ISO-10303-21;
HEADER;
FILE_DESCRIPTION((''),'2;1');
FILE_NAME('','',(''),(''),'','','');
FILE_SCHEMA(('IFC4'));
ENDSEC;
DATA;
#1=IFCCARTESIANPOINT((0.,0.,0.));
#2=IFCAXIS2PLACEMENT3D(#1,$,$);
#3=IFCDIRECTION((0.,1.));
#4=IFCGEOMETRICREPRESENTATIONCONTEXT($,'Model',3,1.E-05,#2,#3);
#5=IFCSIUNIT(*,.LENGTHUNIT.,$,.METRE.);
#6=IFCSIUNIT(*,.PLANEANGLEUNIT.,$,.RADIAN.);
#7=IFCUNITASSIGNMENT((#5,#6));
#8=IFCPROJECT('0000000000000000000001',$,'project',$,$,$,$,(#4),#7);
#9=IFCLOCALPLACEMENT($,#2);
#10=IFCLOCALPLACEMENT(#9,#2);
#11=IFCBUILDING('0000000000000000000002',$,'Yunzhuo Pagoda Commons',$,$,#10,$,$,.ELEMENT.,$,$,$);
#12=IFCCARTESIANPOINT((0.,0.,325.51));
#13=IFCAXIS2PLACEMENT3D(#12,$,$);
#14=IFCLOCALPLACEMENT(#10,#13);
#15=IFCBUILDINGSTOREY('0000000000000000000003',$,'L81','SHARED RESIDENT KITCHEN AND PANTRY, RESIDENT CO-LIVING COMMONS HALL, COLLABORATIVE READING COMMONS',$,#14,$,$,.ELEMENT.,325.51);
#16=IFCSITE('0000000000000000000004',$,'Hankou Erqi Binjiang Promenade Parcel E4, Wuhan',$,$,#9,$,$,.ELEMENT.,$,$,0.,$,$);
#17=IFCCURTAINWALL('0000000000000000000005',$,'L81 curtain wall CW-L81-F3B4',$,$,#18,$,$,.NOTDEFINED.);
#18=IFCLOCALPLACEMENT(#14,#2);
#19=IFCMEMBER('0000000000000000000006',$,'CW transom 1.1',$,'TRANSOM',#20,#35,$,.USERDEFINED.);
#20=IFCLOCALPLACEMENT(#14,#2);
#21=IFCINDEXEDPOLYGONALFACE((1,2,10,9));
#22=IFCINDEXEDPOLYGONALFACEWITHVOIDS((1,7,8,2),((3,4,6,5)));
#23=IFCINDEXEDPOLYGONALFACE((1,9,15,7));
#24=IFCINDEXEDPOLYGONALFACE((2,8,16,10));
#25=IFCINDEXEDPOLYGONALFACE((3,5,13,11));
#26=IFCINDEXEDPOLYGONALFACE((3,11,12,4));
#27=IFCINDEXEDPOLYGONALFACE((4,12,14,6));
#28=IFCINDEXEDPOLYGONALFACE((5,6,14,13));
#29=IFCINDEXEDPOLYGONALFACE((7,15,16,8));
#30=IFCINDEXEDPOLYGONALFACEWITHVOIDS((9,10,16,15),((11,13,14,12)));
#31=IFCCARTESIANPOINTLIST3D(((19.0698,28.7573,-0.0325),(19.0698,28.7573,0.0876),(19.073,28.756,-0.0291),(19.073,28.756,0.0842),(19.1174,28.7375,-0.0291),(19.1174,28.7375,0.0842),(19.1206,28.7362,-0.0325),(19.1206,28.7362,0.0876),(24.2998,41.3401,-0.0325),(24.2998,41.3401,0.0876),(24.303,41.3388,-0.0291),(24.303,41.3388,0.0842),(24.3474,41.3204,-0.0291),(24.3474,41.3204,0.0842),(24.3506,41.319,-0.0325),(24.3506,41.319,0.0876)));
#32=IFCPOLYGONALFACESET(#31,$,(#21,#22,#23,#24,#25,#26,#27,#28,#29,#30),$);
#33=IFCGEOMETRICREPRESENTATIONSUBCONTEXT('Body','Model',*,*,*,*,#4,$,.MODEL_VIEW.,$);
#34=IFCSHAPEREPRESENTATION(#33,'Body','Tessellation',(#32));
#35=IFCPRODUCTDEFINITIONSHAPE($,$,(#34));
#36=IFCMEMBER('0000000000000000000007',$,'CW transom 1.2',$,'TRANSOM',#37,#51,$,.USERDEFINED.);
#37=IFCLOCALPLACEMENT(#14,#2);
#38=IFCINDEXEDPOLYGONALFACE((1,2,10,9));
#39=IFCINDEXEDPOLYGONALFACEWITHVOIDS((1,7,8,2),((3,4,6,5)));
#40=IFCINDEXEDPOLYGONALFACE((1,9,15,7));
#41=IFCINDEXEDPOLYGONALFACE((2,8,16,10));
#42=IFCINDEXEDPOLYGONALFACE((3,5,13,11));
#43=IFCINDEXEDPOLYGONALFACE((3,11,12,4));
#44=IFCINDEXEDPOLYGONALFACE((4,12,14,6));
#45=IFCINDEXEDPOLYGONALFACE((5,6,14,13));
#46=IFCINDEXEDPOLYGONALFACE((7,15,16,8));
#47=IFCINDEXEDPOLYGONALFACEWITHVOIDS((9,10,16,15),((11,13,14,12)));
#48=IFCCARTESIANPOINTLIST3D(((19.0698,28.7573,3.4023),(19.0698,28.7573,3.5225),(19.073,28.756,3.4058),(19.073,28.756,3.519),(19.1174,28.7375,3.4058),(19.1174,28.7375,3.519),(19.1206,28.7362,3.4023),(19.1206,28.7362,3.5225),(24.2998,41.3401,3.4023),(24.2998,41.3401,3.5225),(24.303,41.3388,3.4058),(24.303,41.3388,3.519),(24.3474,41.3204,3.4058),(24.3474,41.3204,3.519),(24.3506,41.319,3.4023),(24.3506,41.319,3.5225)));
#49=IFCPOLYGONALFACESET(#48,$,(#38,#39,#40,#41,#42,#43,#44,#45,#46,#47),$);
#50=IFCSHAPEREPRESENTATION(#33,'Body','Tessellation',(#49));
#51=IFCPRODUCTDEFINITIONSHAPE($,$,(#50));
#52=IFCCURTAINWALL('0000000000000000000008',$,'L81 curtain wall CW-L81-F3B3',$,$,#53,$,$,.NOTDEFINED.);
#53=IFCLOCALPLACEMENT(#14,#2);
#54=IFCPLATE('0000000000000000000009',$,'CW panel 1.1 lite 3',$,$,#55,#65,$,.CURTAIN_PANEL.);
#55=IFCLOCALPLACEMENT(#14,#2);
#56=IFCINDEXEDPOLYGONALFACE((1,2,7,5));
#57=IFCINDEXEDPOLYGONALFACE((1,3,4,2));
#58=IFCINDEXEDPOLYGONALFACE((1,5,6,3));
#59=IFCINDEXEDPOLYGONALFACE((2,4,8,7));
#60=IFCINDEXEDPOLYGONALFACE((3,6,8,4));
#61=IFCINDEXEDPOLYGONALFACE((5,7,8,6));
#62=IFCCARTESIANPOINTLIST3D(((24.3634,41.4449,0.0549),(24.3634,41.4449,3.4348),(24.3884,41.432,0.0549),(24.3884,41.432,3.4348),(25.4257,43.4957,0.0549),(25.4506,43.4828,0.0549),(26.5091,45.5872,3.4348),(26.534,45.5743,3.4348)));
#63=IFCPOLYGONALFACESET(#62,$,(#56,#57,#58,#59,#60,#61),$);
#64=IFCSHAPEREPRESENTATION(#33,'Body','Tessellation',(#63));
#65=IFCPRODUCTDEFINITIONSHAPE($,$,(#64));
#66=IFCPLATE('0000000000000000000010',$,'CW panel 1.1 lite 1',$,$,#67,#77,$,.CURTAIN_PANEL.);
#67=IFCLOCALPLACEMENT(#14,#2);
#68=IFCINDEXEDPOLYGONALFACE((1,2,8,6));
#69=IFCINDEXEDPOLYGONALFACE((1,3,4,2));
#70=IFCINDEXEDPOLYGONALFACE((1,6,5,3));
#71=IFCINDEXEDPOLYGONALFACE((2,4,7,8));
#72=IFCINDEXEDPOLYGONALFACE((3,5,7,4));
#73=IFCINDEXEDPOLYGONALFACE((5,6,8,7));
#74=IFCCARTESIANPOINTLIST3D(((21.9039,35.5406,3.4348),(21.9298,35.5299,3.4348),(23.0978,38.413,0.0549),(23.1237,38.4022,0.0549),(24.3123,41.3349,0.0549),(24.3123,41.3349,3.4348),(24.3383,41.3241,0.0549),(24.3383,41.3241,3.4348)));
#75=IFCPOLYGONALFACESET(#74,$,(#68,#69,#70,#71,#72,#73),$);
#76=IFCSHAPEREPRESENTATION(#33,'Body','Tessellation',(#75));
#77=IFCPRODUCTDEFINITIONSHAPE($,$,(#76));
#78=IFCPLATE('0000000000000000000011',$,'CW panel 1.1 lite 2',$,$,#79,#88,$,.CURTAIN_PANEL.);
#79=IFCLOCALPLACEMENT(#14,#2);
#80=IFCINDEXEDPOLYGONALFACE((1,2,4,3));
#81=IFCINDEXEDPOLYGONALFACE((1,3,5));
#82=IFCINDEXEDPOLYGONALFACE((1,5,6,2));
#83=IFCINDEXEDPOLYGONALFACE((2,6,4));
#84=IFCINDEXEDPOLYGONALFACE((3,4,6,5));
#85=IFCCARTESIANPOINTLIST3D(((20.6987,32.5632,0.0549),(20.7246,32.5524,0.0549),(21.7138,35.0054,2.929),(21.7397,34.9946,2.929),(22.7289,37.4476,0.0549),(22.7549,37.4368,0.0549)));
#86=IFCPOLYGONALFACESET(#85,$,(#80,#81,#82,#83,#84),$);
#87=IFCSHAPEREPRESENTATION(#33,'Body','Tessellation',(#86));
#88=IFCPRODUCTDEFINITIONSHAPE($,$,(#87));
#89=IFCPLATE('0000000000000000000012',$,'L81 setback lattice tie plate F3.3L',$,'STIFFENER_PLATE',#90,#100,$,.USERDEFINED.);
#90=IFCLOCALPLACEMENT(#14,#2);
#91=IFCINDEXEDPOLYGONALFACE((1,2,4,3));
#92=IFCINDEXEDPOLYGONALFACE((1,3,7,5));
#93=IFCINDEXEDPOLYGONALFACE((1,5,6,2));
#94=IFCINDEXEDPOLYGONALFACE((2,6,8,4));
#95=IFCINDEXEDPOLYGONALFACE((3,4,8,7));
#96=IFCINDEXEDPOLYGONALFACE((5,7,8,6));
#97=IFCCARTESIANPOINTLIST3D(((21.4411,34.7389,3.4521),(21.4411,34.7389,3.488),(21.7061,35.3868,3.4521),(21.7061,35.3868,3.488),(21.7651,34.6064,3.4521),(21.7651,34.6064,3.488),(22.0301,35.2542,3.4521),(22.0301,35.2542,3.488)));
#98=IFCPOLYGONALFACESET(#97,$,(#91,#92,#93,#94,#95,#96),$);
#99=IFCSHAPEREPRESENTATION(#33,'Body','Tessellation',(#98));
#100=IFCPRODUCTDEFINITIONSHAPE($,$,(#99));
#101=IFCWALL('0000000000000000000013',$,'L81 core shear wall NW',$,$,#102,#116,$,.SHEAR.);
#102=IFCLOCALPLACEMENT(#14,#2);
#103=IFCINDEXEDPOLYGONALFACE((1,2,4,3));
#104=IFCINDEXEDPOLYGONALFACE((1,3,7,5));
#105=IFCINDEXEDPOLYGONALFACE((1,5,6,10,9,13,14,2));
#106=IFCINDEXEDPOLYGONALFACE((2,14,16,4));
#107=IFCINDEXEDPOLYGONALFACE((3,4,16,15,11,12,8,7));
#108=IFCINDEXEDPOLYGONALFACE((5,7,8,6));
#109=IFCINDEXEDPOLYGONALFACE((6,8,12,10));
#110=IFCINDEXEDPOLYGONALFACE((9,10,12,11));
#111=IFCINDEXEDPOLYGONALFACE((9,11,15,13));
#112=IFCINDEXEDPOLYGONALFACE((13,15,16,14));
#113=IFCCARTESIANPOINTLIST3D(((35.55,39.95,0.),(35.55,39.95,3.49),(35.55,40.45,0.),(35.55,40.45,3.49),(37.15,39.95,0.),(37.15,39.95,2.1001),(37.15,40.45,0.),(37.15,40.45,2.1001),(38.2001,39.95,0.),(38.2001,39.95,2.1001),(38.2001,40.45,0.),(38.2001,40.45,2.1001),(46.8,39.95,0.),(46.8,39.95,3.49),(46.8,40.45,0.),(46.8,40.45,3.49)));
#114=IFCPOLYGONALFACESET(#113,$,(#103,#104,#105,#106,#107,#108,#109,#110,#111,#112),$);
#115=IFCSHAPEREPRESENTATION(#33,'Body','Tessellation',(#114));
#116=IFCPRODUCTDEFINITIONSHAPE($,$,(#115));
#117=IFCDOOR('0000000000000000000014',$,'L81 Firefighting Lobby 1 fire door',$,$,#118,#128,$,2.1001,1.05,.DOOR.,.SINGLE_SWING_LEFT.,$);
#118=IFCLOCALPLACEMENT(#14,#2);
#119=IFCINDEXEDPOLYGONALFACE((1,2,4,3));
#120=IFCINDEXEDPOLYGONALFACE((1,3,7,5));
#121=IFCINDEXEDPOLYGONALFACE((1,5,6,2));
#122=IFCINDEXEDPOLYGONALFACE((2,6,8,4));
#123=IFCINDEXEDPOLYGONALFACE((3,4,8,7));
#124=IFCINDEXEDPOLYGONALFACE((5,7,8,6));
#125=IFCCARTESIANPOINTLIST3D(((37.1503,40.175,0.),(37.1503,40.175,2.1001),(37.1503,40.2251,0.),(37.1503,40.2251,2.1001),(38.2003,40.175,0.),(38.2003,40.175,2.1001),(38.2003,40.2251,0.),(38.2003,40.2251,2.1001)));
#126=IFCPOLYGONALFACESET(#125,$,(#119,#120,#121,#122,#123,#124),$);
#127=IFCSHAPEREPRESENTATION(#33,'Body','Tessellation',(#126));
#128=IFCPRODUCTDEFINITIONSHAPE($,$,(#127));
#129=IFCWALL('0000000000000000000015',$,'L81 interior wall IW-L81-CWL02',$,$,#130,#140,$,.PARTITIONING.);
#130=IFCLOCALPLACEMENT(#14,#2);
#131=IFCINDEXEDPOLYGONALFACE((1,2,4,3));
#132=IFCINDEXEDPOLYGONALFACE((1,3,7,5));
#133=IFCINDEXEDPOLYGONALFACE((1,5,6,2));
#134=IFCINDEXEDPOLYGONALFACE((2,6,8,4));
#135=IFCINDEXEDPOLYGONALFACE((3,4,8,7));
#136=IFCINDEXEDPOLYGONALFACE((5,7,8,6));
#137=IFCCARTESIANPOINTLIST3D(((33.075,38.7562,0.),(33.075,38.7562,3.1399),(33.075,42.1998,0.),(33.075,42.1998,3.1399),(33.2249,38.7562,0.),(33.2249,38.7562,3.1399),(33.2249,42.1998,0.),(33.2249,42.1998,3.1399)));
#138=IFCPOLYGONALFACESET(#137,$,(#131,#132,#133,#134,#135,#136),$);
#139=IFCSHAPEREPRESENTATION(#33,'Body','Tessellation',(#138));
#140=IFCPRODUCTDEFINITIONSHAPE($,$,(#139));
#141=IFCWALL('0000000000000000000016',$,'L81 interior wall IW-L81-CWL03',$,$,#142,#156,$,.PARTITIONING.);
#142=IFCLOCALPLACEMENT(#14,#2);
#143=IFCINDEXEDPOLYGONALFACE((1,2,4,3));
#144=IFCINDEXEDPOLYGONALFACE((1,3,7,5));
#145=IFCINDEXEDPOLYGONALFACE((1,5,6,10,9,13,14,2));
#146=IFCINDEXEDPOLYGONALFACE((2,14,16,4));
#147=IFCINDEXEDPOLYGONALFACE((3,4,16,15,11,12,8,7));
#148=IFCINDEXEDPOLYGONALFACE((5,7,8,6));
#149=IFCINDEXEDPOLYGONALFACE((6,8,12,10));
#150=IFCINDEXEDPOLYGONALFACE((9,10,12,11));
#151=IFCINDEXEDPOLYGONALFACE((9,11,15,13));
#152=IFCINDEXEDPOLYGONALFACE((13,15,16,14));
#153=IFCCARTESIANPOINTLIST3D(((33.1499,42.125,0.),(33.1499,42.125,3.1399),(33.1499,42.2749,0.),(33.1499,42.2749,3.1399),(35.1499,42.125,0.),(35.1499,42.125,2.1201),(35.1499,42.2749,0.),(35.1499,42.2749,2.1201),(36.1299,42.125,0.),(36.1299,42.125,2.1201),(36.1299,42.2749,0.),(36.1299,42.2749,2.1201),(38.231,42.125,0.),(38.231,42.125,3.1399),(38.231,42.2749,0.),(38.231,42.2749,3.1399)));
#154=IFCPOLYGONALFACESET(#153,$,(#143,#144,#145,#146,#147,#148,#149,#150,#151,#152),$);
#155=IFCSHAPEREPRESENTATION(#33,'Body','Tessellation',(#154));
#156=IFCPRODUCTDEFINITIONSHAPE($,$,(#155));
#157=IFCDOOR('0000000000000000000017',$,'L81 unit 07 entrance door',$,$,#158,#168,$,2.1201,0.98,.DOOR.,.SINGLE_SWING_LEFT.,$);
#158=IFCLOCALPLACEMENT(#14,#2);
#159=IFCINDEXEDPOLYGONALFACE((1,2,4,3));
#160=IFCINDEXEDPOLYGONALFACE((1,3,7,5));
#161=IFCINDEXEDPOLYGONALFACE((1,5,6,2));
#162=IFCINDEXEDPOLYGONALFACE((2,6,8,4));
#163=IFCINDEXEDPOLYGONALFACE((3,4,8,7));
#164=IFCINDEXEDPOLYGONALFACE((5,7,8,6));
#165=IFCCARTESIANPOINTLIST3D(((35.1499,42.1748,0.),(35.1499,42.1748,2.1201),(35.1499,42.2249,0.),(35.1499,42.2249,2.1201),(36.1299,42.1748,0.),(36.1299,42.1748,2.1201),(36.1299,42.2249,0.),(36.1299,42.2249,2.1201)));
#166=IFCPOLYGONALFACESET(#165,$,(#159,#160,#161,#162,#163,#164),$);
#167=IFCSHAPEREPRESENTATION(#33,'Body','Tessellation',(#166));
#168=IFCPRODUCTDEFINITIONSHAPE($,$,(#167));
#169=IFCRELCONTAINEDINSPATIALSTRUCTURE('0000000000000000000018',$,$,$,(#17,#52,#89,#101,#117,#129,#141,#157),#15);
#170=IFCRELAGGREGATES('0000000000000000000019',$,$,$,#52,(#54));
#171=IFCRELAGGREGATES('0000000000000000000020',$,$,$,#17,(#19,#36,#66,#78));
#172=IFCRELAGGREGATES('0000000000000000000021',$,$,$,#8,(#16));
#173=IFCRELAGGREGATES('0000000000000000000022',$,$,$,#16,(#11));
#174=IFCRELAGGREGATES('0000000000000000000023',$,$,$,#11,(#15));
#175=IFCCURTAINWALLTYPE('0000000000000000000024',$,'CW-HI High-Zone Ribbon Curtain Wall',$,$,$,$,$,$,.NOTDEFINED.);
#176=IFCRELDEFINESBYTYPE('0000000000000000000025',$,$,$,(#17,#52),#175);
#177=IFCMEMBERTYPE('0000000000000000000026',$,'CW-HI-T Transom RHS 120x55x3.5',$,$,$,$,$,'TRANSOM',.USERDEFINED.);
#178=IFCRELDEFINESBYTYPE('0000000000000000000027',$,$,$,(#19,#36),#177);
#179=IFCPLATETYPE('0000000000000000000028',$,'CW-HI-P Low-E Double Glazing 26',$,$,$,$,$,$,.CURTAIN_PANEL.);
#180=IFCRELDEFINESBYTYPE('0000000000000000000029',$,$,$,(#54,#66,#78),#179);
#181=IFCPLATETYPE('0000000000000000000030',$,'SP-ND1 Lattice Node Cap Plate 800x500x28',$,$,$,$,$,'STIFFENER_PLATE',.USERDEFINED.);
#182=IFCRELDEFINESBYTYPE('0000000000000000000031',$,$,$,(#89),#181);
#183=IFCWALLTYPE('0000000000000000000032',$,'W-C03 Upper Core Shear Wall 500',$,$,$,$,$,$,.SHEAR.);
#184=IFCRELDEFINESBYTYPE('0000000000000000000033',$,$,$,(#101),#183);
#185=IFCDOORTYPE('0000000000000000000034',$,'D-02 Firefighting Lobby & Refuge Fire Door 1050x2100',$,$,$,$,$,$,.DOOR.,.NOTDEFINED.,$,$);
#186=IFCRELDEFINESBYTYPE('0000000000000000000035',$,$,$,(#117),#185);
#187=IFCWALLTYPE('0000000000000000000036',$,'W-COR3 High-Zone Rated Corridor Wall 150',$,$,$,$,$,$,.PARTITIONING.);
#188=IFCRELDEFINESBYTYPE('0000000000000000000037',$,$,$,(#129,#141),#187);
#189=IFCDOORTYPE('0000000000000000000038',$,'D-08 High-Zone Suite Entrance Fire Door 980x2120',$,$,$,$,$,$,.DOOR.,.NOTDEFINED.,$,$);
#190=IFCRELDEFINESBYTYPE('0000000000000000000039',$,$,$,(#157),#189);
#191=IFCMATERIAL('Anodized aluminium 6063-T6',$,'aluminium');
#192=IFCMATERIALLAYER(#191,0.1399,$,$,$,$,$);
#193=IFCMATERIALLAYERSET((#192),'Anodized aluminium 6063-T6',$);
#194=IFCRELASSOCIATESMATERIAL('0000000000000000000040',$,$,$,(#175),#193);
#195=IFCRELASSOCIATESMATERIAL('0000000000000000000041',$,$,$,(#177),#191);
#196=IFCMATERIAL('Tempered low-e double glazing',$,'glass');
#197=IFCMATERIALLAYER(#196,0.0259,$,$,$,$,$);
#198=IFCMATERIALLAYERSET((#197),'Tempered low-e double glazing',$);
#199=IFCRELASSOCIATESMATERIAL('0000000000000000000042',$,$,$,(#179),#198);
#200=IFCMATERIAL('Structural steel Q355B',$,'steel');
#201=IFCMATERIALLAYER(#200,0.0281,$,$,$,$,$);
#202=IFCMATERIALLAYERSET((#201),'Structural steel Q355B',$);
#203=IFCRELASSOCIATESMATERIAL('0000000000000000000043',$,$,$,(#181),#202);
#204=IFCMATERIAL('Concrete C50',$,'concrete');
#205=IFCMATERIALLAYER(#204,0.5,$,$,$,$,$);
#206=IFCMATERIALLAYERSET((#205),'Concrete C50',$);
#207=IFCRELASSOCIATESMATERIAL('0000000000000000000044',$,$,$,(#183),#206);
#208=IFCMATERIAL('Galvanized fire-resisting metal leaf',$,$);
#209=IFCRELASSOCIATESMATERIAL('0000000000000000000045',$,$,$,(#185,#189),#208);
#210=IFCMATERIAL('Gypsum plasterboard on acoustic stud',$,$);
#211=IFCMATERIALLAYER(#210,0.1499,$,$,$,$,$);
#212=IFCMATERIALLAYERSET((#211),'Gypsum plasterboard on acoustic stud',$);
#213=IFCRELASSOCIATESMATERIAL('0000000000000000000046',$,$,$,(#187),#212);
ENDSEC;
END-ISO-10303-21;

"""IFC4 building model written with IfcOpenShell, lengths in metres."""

from ifc_helpers import new_model, si_unit, direction, frame, frame_2d, origin, origin_with_axes, origin_2d, place, context, subcontext, project, spatial, polyline, rectangle, hollow_rectangle, outline, extrude, source, transform, mapped, material, layer, layer_set, material_profile, profile_set, type_object, element, fill, aggregate, save


model = new_model("IFC4")

# Units and contexts
model_context = context("Model", 3, precision=1e-05, world=origin(), true_north=direction((0.0, 1.0)))
body_context = subcontext(model_context, "Body", "Model", "MODEL_VIEW")
ifc_project = project(units=[si_unit("LENGTHUNIT", "METRE"), si_unit("PLANEANGLEUNIT", "RADIAN")], contexts=[model_context])

# Site, building, storey
site_placement = place(None, origin())
site = spatial("IfcSite", under=ifc_project, at=site_placement, Name="Hankou Erqi Binjiang Promenade Parcel E4, Wuhan", CompositionType="ELEMENT", RefElevation=0.0)
building_placement = place(site_placement, origin())
building = spatial("IfcBuilding", under=site, at=building_placement, Name="Yunzhuo Pagoda Commons", CompositionType="ELEMENT")
storey_placement = place(building_placement, frame((0.0, 0.0, 325.51)))
storey = spatial("IfcBuildingStorey", under=building, at=storey_placement, Name="L81", Description="SHARED RESIDENT KITCHEN AND PANTRY, RESIDENT CO-LIVING COMMONS HALL, COLLABORATIVE READING COMMONS", CompositionType="ELEMENT", Elevation=325.51)

# Shared definitions
ifc_material_1 = material(Name="Structural steel Q355B", Category="steel")

# Curtain wall, members
ifc_material_2 = material(Name="Anodized aluminium 6063-T6", Category="aluminium")
ifc_layer_1 = layer(ifc_material_2, 0.1399)
ifc_layer_set_1 = layer_set([ifc_layer_1], Name="Anodized aluminium 6063-T6")
curtain_wall_type = type_object("IfcCurtainWallType", Name="CW-HI High-Zone Ribbon Curtain Wall", PredefinedType="NOTDEFINED", material=ifc_layer_set_1)
curtain_wall_1_placement = place(storey_placement, origin())
curtain_wall_1 = element("IfcCurtainWall", 1, at=curtain_wall_1_placement, inside=storey, type_object=curtain_wall_type, Name="L81 curtain wall CW-L81-F3B4", PredefinedType="NOTDEFINED")
ifc_material_profile_1 = material_profile(ifc_material_2, hollow_rectangle(XDim=0.0549, YDim=0.1201, WallThickness=0.0034, at=origin_2d()), Name="Anodized aluminium 6063-T6")
ifc_profile_set_1 = profile_set([ifc_material_profile_1], Name="Anodized aluminium 6063-T6")
member_type_1 = type_object("IfcMemberType", Name="CW-HI-T Transom RHS 120x55x3.5", ElementType="TRANSOM", PredefinedType="USERDEFINED", material=ifc_profile_set_1)
shared_shape_1 = source(origin(), body_context, "Body", "SweptSolid", [
    extrude(hollow_rectangle(XDim=0.0549, YDim=0.1201, WallThickness=0.0034, at=origin_2d()), origin(), (0.0, 0.0, 1.0), 13.6265),
])
member_1_placement = place(storey_placement, frame((24.3252, 41.3296, 0.0276), z_axis=(-0.383812, -0.923411, 0.0), x_axis=(0.923411, -0.383812, 0.0)))
member_1 = element("IfcMember", 2, at=member_1_placement, type_object=member_type_1, Name="CW transom 1.1", ObjectType="TRANSOM", PredefinedType="USERDEFINED", context=body_context, shape_type="MappedRepresentation", body=[
    mapped(shared_shape_1, transform((0.0, 0.0, 0.0), scale=1.0)),
])
member_2_placement = place(storey_placement, frame((24.3252, 41.3296, 3.4624), z_axis=(-0.383812, -0.923411, 0.0), x_axis=(0.923411, -0.383812, 0.0)))
member_2 = element("IfcMember", 3, at=member_2_placement, type_object=member_type_1, Name="CW transom 1.2", ObjectType="TRANSOM", PredefinedType="USERDEFINED", context=body_context, shape_type="MappedRepresentation", body=[
    mapped(shared_shape_1, transform((0.0, 0.0, 0.0), scale=1.0)),
])

# Curtain wall, plate
curtain_wall_2_placement = place(storey_placement, origin())
curtain_wall_2 = element("IfcCurtainWall", 4, at=curtain_wall_2_placement, inside=storey, type_object=curtain_wall_type, Name="L81 curtain wall CW-L81-F3B3", PredefinedType="NOTDEFINED")
ifc_material_3 = material(Name="Tempered low-e double glazing", Category="glass")
ifc_layer_2 = layer(ifc_material_3, 0.0259)
ifc_layer_set_2 = layer_set([ifc_layer_2], Name="Tempered low-e double glazing")
plate_type_1 = type_object("IfcPlateType", Name="CW-HI-P Low-E Double Glazing 26", PredefinedType="CURTAIN_PANEL", material=ifc_layer_set_2)
plate_1_placement = place(storey_placement, frame((25.4612, 43.5032, 1.7449), z_axis=(-0.887948, 0.459945, 0.0), x_axis=(-0.459945, -0.887948, 0.0)))
plate_1 = element("IfcPlate", 5, at=plate_1_placement, type_object=plate_type_1, Name="CW panel 1.1 lite 3", PredefinedType="CURTAIN_PANEL", context=body_context, shape_type="SweptSolid", body=[
    extrude(outline(polyline([(-2.3325, 1.6899), (0.0229, -1.6899), (2.3325, -1.6899), (2.3325, 1.6899), (-2.3325, 1.6899)])), origin(), (0.0, 0.0, 1.0), 0.0281),
])
aggregate(curtain_wall_2, [plate_1])

# Plates
plate_2_placement = place(storey_placement, frame((23.134, 38.427, 1.7449), z_axis=(-0.923407, 0.383822, 0.0), x_axis=(-0.383822, -0.923407, 0.0)))
plate_2 = element("IfcPlate", 6, at=plate_2_placement, type_object=plate_type_1, Name="CW panel 1.1 lite 1", PredefinedType="CURTAIN_PANEL", context=body_context, shape_type="SweptSolid", body=[
    extrude(outline(polyline([(-3.1375, -1.6899), (0.0269, -1.6899), (3.1375, 1.6899), (-3.1375, 1.6899), (-3.1375, -1.6899)])), origin(), (0.0, 0.0, 1.0), 0.0281),
])
plate_3_placement = place(storey_placement, frame((21.7397, 34.9946, 1.4919), z_axis=(-0.923407, 0.383822, 0.0), x_axis=(-0.383822, -0.923407, 0.0)))
plate_3 = element("IfcPlate", 7, at=plate_3_placement, type_object=plate_type_1, Name="CW panel 1.1 lite 2", PredefinedType="CURTAIN_PANEL", context=body_context, shape_type="SweptSolid", body=[
    extrude(outline(polyline([(-2.6448, -1.437), (2.6448, -1.437), (0.0, 1.437), (-2.6448, -1.437)])), origin(), (0.0, 0.0, 1.0), 0.0281),
])
aggregate(curtain_wall_1, [member_1, member_2, plate_2, plate_3])
ifc_layer_3 = layer(ifc_material_1, 0.0281)
ifc_layer_set_3 = layer_set([ifc_layer_3], Name="Structural steel Q355B")
plate_type_2 = type_object("IfcPlateType", Name="SP-ND1 Lattice Node Cap Plate 800x500x28", ElementType="STIFFENER_PLATE", PredefinedType="USERDEFINED", material=ifc_layer_set_3)
shared_shape_2 = source(origin(), body_context, "Body", "SweptSolid", [
    extrude(rectangle(XDim=0.7, YDim=0.3501, at=origin_2d()), origin(), (0.0, 0.0, 1.0), 0.0359),
])
plate_4_placement = place(storey_placement, frame((21.7356, 34.9966, 3.4521), z_axis=(0.0, 0.0, 1.0), x_axis=(-0.378568, -0.925574, 0.0)))
element("IfcPlate", 8, at=plate_4_placement, inside=storey, type_object=plate_type_2, Name="L81 setback lattice tie plate F3.3L", ObjectType="STIFFENER_PLATE", PredefinedType="USERDEFINED", context=body_context, shape_type="MappedRepresentation", body=[
    mapped(shared_shape_2, transform((0.0, 0.0, 0.0), scale=1.0)),
])

# Wall, opening, door
ifc_material_4 = material(Name="Concrete C50", Category="concrete")
ifc_layer_4 = layer(ifc_material_4, 0.5)
ifc_layer_set_4 = layer_set([ifc_layer_4], Name="Concrete C50")
wall_type_1 = type_object("IfcWallType", Name="W-C03 Upper Core Shear Wall 500", PredefinedType="SHEAR", material=ifc_layer_set_4)
wall_1_placement = place(storey_placement, frame((35.55, 40.2, 0.0), z_axis=(0.0, 0.0, 1.0), x_axis=(1.0, 0.0, 0.0)))
wall_1 = element("IfcWall", 9, at=wall_1_placement, inside=storey, type_object=wall_type_1, Name="L81 core shear wall NW", PredefinedType="SHEAR", context=body_context, shape_type="SweptSolid", body=[
    extrude(rectangle(XDim=11.25, YDim=0.5, at=frame_2d((5.625, 0.0))), origin(), (0.0, 0.0, 1.0), 3.49),
])
opening_1_placement = place(wall_1_placement, frame((1.6001, 0.0, 0.0)))
opening_1 = element("IfcOpeningElement", 10, at=opening_1_placement, cuts=wall_1, PredefinedType="OPENING", context=body_context, shape_type="SweptSolid", body=[
    extrude(rectangle(XDim=1.05, YDim=2.1001, at=frame_2d((0.5249, 1.05))), frame((0.0, 0.26, 0.0), z_axis=(0.0, -1.0, 0.0), x_axis=(1.0, 0.0, 0.0)), (0.0, 0.0, 1.0), 0.52),
])
ifc_material_5 = material(Name="Galvanized fire-resisting metal leaf")
door_type_1 = type_object("IfcDoorType", Name="D-02 Firefighting Lobby & Refuge Fire Door 1050x2100", OperationType="NOTDEFINED", PredefinedType="DOOR", material=ifc_material_5)
shared_shape_3 = source(origin(), body_context, "Body", "SweptSolid", [
    extrude(rectangle(XDim=1.05, YDim=2.1001, at=frame_2d((0.5249, 1.05))), frame((0.0, 0.0249, 0.0), z_axis=(0.0, -1.0, 0.0), x_axis=(1.0, 0.0, 0.0)), (0.0, 0.0, 1.0), 0.05),
])
door_1_placement = place(opening_1_placement, frame((1.05, 0.0, 0.0), z_axis=(0.0, 0.0, 1.0), x_axis=(-1.0, 0.0, 0.0)))
door_1 = element("IfcDoor", 11, at=door_1_placement, inside=storey, type_object=door_type_1, Name="L81 Firefighting Lobby 1 fire door", OperationType="SINGLE_SWING_LEFT", OverallHeight=2.1001, OverallWidth=1.05, PredefinedType="DOOR", context=body_context, shape_type="MappedRepresentation", body=[
    mapped(shared_shape_3, transform((0.0, 0.0, 0.0), scale=1.0)),
])
fill(opening_1, door_1)

# Wall
ifc_material_6 = material(Name="Gypsum plasterboard on acoustic stud")
ifc_layer_5 = layer(ifc_material_6, 0.1499)
ifc_layer_set_5 = layer_set([ifc_layer_5], Name="Gypsum plasterboard on acoustic stud")
wall_type_2 = type_object("IfcWallType", Name="W-COR3 High-Zone Rated Corridor Wall 150", PredefinedType="PARTITIONING", material=ifc_layer_set_5)
wall_2_placement = place(storey_placement, frame((33.1499, 38.7563, 0.0), z_axis=(0.0, 0.0, 1.0), x_axis=(0.0, 1.0, 0.0)))
element("IfcWall", 12, at=wall_2_placement, inside=storey, type_object=wall_type_2, Name="L81 interior wall IW-L81-CWL02", PredefinedType="PARTITIONING", context=body_context, shape_type="SweptSolid", body=[
    extrude(rectangle(XDim=3.4436, YDim=0.1499, at=frame_2d((1.7217, 0.0))), origin(), (0.0, 0.0, 1.0), 3.1399),
])

# Wall, opening, door
wall_3_placement = place(storey_placement, frame((33.1499, 42.2, 0.0), z_axis=(0.0, 0.0, 1.0), x_axis=(1.0, 0.0, 0.0)))
wall_3 = element("IfcWall", 13, at=wall_3_placement, inside=storey, type_object=wall_type_2, Name="L81 interior wall IW-L81-CWL03", PredefinedType="PARTITIONING", context=body_context, shape_type="SweptSolid", body=[
    extrude(rectangle(XDim=5.0811, YDim=0.1499, at=frame_2d((2.5405, 0.0))), origin(), (0.0, 0.0, 1.0), 3.1399),
])
opening_2_placement = place(wall_3_placement, frame((2.0, 0.0, 0.0)))
opening_2 = element("IfcOpeningElement", 14, at=opening_2_placement, cuts=wall_3, PredefinedType="OPENING", context=body_context, shape_type="SweptSolid", body=[
    extrude(rectangle(XDim=0.98, YDim=2.1201, at=frame_2d((0.49, 1.0601))), frame((0.0, 0.085, 0.0), z_axis=(0.0, -1.0, 0.0), x_axis=(1.0, 0.0, 0.0)), (0.0, 0.0, 1.0), 0.1699),
])
door_type_2 = type_object("IfcDoorType", Name="D-08 High-Zone Suite Entrance Fire Door 980x2120", OperationType="NOTDEFINED", PredefinedType="DOOR", material=ifc_material_5)
shared_shape_4 = source(origin(), body_context, "Body", "SweptSolid", [
    extrude(rectangle(XDim=0.98, YDim=2.1201, at=frame_2d((0.49, 1.0601))), frame((0.0, 0.0249, 0.0), z_axis=(0.0, -1.0, 0.0), x_axis=(1.0, 0.0, 0.0)), (0.0, 0.0, 1.0), 0.05),
])
door_2_placement = place(opening_2_placement, origin_with_axes())
door_2 = element("IfcDoor", 15, at=door_2_placement, inside=storey, type_object=door_type_2, Name="L81 unit 07 entrance door", OperationType="SINGLE_SWING_LEFT", OverallHeight=2.1201, OverallWidth=0.98, PredefinedType="DOOR", context=body_context, shape_type="MappedRepresentation", body=[
    mapped(shared_shape_4, transform((0.0, 0.0, 0.0), scale=1.0)),
])
fill(opening_2, door_2)

save(model, "model.ifc")
